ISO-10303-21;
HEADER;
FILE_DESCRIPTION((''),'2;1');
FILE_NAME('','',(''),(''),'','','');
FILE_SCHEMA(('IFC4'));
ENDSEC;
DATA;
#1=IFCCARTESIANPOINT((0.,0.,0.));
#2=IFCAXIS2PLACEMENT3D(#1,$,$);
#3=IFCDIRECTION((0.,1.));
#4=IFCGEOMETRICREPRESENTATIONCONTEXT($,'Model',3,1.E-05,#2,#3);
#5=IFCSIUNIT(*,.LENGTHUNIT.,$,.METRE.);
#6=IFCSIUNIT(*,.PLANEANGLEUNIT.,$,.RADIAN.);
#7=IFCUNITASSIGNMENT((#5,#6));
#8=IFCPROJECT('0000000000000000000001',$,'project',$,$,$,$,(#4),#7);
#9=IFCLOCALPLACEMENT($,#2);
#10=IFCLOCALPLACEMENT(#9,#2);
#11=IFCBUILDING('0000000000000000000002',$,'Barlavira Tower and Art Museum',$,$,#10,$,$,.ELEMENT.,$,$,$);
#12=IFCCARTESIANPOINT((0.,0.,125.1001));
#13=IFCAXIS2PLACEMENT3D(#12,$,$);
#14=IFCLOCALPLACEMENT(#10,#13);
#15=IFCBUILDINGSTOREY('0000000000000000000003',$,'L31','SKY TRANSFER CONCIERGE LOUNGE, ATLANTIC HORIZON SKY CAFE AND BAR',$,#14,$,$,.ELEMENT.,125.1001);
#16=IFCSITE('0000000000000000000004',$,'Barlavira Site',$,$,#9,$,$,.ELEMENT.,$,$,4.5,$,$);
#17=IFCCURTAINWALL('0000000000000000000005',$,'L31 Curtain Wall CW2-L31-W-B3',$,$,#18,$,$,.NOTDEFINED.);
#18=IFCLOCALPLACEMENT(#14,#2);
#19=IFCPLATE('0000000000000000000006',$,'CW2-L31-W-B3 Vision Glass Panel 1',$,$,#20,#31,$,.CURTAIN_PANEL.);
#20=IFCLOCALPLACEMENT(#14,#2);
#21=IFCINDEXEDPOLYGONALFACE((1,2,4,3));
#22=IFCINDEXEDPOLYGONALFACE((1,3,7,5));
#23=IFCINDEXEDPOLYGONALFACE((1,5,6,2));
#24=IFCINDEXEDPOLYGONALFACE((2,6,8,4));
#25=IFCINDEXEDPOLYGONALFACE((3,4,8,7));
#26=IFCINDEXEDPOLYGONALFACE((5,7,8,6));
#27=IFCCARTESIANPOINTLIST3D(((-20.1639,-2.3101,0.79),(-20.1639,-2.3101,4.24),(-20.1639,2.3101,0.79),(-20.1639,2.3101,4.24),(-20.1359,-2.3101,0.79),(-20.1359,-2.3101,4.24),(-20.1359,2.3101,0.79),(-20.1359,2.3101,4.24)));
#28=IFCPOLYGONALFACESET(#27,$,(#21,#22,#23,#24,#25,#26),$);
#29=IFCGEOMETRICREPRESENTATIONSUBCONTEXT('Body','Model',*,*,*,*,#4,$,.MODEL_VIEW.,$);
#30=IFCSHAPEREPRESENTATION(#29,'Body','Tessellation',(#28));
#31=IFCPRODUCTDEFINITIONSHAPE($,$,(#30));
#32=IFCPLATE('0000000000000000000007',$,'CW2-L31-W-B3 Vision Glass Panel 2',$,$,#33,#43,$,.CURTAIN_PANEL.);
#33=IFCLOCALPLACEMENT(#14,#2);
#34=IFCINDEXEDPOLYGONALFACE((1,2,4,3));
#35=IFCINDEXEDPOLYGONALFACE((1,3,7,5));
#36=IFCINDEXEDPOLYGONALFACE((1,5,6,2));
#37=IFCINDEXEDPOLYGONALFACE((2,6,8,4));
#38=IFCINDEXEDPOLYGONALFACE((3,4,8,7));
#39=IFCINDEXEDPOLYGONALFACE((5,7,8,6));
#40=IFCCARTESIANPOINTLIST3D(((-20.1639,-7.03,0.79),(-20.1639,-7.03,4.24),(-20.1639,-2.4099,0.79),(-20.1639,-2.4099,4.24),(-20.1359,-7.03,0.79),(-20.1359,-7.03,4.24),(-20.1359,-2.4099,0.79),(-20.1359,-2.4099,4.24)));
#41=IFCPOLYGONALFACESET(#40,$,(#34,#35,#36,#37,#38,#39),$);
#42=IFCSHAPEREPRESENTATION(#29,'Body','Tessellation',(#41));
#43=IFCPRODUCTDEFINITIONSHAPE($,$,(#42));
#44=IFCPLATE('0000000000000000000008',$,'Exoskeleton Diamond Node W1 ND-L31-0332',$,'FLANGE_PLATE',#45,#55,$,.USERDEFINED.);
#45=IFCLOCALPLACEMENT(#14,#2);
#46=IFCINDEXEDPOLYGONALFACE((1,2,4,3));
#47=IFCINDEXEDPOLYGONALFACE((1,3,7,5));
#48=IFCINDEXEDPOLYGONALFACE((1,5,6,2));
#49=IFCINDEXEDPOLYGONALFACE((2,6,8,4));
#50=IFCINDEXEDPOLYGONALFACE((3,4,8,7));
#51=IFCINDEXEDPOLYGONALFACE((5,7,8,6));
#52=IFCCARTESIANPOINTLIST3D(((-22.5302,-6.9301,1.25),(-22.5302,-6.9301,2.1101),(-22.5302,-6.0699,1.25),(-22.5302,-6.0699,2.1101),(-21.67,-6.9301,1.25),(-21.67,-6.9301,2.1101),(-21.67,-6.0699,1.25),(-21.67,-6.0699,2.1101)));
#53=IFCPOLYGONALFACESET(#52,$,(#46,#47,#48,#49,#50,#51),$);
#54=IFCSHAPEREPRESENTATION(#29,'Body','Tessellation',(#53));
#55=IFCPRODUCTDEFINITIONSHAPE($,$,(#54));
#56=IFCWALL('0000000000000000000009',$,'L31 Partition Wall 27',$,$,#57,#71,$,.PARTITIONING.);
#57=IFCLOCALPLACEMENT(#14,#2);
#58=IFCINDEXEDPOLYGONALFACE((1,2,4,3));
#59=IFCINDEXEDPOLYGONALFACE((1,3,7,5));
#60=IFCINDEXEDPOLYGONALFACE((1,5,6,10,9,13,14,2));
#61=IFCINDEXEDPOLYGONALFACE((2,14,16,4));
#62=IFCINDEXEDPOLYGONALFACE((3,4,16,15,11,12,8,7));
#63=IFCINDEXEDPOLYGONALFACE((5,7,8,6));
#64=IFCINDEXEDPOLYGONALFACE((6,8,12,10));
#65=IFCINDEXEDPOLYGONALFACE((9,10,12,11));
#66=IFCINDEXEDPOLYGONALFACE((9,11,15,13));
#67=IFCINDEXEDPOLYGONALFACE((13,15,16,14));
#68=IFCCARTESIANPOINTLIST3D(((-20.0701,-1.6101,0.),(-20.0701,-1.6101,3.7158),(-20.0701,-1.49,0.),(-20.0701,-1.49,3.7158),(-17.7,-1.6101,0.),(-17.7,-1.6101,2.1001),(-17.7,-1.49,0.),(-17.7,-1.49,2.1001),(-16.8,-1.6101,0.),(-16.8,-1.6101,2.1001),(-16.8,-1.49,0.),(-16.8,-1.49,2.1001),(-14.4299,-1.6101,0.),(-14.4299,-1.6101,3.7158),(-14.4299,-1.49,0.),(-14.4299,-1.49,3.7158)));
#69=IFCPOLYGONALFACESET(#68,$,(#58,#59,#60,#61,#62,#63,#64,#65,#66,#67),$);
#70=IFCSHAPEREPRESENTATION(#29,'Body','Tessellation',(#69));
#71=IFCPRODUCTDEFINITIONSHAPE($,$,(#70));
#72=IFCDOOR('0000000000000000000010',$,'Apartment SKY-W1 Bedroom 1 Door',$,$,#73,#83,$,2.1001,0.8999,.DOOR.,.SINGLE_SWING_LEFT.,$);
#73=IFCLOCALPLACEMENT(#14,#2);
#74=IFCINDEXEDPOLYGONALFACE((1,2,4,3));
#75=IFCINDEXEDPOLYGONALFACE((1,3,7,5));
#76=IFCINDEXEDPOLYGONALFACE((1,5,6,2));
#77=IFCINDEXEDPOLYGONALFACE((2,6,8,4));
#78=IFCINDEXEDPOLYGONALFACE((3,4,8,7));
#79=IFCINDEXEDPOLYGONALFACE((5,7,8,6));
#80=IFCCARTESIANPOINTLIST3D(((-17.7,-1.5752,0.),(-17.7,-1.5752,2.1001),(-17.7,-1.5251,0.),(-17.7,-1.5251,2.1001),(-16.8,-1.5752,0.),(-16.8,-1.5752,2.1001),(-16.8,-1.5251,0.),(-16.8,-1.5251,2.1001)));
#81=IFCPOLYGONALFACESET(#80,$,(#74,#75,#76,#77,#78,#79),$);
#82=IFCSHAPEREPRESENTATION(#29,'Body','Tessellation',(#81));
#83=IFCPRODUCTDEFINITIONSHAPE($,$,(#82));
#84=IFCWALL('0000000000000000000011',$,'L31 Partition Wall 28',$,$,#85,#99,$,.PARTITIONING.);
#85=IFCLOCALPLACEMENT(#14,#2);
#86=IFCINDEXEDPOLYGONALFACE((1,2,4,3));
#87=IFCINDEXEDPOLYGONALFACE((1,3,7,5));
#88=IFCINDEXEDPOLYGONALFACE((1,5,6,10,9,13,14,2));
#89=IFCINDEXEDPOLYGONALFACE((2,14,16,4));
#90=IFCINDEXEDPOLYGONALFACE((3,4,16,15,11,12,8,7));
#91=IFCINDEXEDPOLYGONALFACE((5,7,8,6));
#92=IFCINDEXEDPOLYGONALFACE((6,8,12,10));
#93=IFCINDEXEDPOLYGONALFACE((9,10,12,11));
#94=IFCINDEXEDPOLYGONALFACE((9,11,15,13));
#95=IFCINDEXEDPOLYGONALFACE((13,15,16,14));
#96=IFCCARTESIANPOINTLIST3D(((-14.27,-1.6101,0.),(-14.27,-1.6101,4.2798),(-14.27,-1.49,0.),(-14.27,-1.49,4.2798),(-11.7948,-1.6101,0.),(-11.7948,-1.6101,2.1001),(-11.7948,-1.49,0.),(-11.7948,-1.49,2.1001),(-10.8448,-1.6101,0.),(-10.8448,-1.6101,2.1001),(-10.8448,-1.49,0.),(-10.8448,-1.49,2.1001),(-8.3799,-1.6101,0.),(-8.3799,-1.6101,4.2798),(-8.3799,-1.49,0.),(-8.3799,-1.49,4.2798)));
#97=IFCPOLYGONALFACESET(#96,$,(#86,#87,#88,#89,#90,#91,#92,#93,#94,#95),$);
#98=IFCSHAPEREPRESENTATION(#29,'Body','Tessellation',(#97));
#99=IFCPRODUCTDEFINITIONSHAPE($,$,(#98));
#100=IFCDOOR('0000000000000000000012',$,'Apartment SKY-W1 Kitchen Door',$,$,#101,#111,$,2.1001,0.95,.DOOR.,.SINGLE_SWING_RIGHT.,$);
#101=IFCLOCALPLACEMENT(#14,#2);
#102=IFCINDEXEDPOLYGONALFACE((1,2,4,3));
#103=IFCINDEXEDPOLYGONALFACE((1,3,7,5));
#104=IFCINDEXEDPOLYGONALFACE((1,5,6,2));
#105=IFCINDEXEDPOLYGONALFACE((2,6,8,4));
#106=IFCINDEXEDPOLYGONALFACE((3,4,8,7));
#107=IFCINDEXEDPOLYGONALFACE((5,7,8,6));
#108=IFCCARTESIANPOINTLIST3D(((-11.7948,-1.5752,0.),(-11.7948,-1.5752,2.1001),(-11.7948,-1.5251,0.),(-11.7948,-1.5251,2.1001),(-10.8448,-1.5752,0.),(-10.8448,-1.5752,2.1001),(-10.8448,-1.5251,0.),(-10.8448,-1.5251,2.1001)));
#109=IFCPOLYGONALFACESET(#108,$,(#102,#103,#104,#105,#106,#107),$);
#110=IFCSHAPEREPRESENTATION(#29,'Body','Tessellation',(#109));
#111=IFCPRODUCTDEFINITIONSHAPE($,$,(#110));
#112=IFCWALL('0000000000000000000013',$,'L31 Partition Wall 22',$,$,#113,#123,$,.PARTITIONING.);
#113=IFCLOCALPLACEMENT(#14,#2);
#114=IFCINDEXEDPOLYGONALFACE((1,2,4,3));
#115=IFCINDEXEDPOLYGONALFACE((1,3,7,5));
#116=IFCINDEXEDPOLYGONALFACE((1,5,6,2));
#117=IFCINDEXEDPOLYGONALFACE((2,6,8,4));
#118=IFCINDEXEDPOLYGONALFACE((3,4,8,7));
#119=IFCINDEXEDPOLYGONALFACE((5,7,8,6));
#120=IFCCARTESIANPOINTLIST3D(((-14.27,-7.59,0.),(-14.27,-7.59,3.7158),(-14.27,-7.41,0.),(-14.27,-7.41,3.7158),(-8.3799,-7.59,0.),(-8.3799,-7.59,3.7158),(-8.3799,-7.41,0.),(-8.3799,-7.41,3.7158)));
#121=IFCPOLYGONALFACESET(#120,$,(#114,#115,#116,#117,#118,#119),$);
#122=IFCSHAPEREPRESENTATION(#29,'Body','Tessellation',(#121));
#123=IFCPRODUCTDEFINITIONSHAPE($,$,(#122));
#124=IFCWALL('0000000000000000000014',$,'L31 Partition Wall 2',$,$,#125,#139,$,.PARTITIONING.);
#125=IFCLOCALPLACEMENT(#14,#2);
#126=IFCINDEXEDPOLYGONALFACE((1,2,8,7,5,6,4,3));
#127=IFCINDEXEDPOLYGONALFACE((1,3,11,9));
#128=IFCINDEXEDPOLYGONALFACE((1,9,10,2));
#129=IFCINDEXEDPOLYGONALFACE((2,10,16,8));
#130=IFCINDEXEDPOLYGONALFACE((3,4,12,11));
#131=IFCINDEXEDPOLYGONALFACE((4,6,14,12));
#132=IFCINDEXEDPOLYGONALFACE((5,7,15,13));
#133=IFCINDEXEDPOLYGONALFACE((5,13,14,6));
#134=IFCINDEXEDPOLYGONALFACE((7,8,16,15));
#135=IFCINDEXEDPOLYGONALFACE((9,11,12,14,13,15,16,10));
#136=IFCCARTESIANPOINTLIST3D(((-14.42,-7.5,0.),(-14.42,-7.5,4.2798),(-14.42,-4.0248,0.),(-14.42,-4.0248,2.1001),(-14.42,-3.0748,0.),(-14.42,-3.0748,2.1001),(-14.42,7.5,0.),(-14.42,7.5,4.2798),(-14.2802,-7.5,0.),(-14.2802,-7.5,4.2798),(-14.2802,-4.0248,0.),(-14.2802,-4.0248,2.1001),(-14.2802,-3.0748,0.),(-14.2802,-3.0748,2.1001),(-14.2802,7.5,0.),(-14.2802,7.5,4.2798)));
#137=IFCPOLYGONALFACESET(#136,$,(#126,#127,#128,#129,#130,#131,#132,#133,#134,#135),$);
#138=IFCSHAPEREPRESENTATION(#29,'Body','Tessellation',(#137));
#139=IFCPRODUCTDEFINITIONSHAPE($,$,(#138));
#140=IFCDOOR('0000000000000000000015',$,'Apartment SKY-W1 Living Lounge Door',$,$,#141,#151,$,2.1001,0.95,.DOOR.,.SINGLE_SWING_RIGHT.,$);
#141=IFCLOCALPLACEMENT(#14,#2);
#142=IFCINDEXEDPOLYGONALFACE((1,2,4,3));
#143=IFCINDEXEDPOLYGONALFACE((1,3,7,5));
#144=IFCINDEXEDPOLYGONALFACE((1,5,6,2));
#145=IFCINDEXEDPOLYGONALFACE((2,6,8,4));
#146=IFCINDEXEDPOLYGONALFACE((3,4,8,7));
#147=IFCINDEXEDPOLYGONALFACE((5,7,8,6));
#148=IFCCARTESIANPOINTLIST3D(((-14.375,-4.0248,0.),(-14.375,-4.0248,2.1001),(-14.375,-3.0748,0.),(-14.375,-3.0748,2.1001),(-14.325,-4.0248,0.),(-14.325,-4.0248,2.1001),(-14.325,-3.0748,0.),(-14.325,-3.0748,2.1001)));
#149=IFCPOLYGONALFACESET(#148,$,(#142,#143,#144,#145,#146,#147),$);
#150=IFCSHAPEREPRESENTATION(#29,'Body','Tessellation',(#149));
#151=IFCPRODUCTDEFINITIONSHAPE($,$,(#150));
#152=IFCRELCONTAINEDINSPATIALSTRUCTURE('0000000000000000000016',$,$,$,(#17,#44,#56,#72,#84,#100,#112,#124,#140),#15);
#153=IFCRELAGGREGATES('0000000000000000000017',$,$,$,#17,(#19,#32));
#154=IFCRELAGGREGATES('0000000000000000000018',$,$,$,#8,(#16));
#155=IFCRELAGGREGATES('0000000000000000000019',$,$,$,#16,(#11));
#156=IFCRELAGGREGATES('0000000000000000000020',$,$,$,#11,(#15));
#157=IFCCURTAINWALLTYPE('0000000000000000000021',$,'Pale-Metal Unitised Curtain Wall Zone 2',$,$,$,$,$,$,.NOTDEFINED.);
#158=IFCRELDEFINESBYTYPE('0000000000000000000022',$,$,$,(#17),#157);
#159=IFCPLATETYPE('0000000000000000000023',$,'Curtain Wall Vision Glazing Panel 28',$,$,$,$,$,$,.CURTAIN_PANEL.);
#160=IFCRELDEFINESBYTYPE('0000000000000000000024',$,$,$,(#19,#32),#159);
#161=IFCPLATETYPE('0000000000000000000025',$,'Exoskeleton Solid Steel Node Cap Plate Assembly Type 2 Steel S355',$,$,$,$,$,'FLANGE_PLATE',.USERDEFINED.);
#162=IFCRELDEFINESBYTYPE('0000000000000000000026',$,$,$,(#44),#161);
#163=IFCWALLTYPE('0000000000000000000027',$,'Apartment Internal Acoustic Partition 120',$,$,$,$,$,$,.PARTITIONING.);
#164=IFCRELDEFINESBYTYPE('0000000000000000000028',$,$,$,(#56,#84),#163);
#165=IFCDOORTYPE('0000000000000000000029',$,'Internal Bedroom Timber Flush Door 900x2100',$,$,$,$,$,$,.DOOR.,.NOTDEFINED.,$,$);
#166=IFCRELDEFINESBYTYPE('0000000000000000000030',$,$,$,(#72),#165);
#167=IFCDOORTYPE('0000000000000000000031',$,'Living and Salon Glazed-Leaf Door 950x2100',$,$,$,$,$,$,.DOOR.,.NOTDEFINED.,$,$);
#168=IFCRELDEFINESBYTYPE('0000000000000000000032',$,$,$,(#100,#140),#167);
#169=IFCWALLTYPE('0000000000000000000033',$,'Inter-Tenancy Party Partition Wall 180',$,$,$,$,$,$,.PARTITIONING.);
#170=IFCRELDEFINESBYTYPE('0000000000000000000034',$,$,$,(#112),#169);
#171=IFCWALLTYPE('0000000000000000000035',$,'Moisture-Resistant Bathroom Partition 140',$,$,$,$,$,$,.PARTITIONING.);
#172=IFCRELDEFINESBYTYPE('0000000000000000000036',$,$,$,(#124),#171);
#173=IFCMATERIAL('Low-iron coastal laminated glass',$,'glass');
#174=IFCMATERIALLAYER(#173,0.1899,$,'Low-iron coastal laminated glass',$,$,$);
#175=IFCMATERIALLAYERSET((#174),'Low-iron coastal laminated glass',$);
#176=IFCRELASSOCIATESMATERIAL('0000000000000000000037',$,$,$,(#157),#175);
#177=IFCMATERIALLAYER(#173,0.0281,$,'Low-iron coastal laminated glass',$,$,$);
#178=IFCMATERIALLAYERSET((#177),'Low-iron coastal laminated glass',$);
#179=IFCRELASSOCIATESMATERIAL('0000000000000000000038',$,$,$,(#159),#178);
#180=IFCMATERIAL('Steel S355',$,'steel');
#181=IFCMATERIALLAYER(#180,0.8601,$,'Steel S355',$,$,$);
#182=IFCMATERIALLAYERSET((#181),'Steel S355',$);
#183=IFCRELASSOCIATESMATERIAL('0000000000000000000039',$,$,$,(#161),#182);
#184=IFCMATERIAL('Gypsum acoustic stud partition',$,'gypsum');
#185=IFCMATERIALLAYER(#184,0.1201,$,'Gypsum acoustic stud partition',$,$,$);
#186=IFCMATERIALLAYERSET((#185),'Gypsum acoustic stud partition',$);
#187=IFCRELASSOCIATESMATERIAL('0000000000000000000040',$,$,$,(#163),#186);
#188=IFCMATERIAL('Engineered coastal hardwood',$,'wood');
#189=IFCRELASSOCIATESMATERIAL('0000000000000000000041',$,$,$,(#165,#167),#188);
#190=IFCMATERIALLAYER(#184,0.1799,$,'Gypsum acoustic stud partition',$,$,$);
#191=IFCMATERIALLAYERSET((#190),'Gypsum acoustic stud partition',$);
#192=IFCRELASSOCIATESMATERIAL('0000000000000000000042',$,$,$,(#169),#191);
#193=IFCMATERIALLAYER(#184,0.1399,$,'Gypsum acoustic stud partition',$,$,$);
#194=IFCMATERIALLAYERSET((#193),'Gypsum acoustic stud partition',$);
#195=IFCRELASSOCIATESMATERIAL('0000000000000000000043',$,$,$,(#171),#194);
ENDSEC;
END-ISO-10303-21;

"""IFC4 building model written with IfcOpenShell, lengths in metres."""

from ifc_helpers import new_model, si_unit, direction, frame, frame_2d, origin, origin_2d, place, context, subcontext, project, spatial, rectangle, extrude, material, layer, layer_set, type_object, element, fill, aggregate, save


model = new_model("IFC4")

# Units and contexts
model_context = context("Model", 3, precision=1e-05, world=origin(), true_north=direction((0.0, 1.0)))
body_context = subcontext(model_context, "Body", "Model", "MODEL_VIEW")
ifc_project = project(units=[si_unit("LENGTHUNIT", "METRE"), si_unit("PLANEANGLEUNIT", "RADIAN")], contexts=[model_context])

# Site, building, storey
site_placement = place(None, origin())
site = spatial("IfcSite", under=ifc_project, at=site_placement, Name="Barlavira Site", CompositionType="ELEMENT", RefElevation=4.5)
building_placement = place(site_placement, origin())
building = spatial("IfcBuilding", under=site, at=building_placement, Name="Barlavira Tower and Art Museum", CompositionType="ELEMENT")
storey_placement = place(building_placement, frame((0.0, 0.0, 125.1001)))
storey = spatial("IfcBuildingStorey", under=building, at=storey_placement, Name="L31", Description="SKY TRANSFER CONCIERGE LOUNGE, ATLANTIC HORIZON SKY CAFE AND BAR", CompositionType="ELEMENT", Elevation=125.1001)

# Curtain wall
ifc_material_1 = material(Name="Low-iron coastal laminated glass", Category="glass")
ifc_layer_1 = layer(ifc_material_1, 0.1899, Name="Low-iron coastal laminated glass")
ifc_layer_set_1 = layer_set([ifc_layer_1], Name="Low-iron coastal laminated glass")
curtain_wall_type = type_object("IfcCurtainWallType", Name="Pale-Metal Unitised Curtain Wall Zone 2", PredefinedType="NOTDEFINED", material=ifc_layer_set_1)
curtain_wall_placement = place(storey_placement, origin())
curtain_wall = element("IfcCurtainWall", 1, at=curtain_wall_placement, inside=storey, type_object=curtain_wall_type, Name="L31 Curtain Wall CW2-L31-W-B3", PredefinedType="NOTDEFINED")

# Shared definitions
ifc_material_2 = material(Name="Steel S355", Category="steel")

# Plates
ifc_layer_2 = layer(ifc_material_1, 0.0281, Name="Low-iron coastal laminated glass")
ifc_layer_set_2 = layer_set([ifc_layer_2], Name="Low-iron coastal laminated glass")
plate_type_1 = type_object("IfcPlateType", Name="Curtain Wall Vision Glazing Panel 28", PredefinedType="CURTAIN_PANEL", material=ifc_layer_set_2)
plate_1_placement = place(storey_placement, frame((-20.1499, 0.0, 0.79), z_axis=(0.0, 0.0, 1.0), x_axis=(0.0, -1.0, 0.0)))
plate_1 = element("IfcPlate", 2, at=plate_1_placement, type_object=plate_type_1, Name="CW2-L31-W-B3 Vision Glass Panel 1", PredefinedType="CURTAIN_PANEL", context=body_context, shape_type="SweptSolid", body=[
    extrude(rectangle(XDim=4.6201, YDim=0.0281, at=origin_2d()), origin(), (0.0, 0.0, 1.0), 3.45),
])
plate_2_placement = place(storey_placement, frame((-20.1499, -4.72, 0.79), z_axis=(0.0, 0.0, 1.0), x_axis=(0.0, -1.0, 0.0)))
plate_2 = element("IfcPlate", 3, at=plate_2_placement, type_object=plate_type_1, Name="CW2-L31-W-B3 Vision Glass Panel 2", PredefinedType="CURTAIN_PANEL", context=body_context, shape_type="SweptSolid", body=[
    extrude(rectangle(XDim=4.6201, YDim=0.0281, at=origin_2d()), origin(), (0.0, 0.0, 1.0), 3.45),
])
aggregate(curtain_wall, [plate_1, plate_2])
ifc_layer_3 = layer(ifc_material_2, 0.8601, Name="Steel S355")
ifc_layer_set_3 = layer_set([ifc_layer_3], Name="Steel S355")
plate_type_2 = type_object("IfcPlateType", Name="Exoskeleton Solid Steel Node Cap Plate Assembly Type 2 Steel S355", ElementType="FLANGE_PLATE", PredefinedType="USERDEFINED", material=ifc_layer_set_3)
plate_3_placement = place(storey_placement, frame((-22.1001, -6.5, 1.25), z_axis=(0.0, 0.0, 1.0), x_axis=(1.0, 0.0, 0.0)))
element("IfcPlate", 4, at=plate_3_placement, inside=storey, type_object=plate_type_2, Name="Exoskeleton Diamond Node W1 ND-L31-0332", ObjectType="FLANGE_PLATE", PredefinedType="USERDEFINED", context=body_context, shape_type="SweptSolid", body=[
    extrude(rectangle(XDim=0.8601, YDim=0.8601, at=origin_2d()), origin(), (0.0, 0.0, 1.0), 0.8601),
])

# Walls, openings, doors
ifc_material_3 = material(Name="Gypsum acoustic stud partition", Category="gypsum")
ifc_layer_4 = layer(ifc_material_3, 0.1201, Name="Gypsum acoustic stud partition")
ifc_layer_set_4 = layer_set([ifc_layer_4], Name="Gypsum acoustic stud partition")
wall_type_1 = type_object("IfcWallType", Name="Apartment Internal Acoustic Partition 120", PredefinedType="PARTITIONING", material=ifc_layer_set_4)
wall_1_placement = place(storey_placement, frame((-20.0701, -1.55, 0.0), z_axis=(0.0, 0.0, 1.0), x_axis=(1.0, 0.0, 0.0)))
wall_1 = element("IfcWall", 5, at=wall_1_placement, inside=storey, type_object=wall_type_1, Name="L31 Partition Wall 27", PredefinedType="PARTITIONING", context=body_context, shape_type="SweptSolid", body=[
    extrude(rectangle(XDim=5.6401, YDim=0.1201, at=frame_2d((2.8201, 0.0))), origin(), (0.0, 0.0, 1.0), 3.7158),
])
opening_1_placement = place(wall_1_placement, frame((2.3701, 0.0, 0.0)))
opening_1 = element("IfcOpeningElement", 6, at=opening_1_placement, cuts=wall_1, PredefinedType="OPENING", context=body_context, shape_type="SweptSolid", body=[
    extrude(rectangle(XDim=0.8999, YDim=2.1001, at=frame_2d((0.45, 1.05))), frame((0.0, 0.0701, 0.0), z_axis=(0.0, -1.0, 0.0), x_axis=(1.0, 0.0, 0.0)), (0.0, 0.0, 1.0), 0.1401),
])
ifc_material_4 = material(Name="Engineered coastal hardwood", Category="wood")
door_type_1 = type_object("IfcDoorType", Name="Internal Bedroom Timber Flush Door 900x2100", OperationType="NOTDEFINED", PredefinedType="DOOR", material=ifc_material_4)
door_1_placement = place(opening_1_placement, origin())
door_1 = element("IfcDoor", 7, at=door_1_placement, inside=storey, type_object=door_type_1, Name="Apartment SKY-W1 Bedroom 1 Door", OperationType="SINGLE_SWING_LEFT", OverallHeight=2.1001, OverallWidth=0.8999, PredefinedType="DOOR", context=body_context, shape_type="SweptSolid", body=[
    extrude(rectangle(XDim=0.8999, YDim=2.1001, at=frame_2d((0.45, 1.05))), frame((0.0, 0.0249, 0.0), z_axis=(0.0, -1.0, 0.0), x_axis=(1.0, 0.0, 0.0)), (0.0, 0.0, 1.0), 0.05),
])
fill(opening_1, door_1)
wall_2_placement = place(storey_placement, frame((-14.27, -1.55, 0.0), z_axis=(0.0, 0.0, 1.0), x_axis=(1.0, 0.0, 0.0)))
wall_2 = element("IfcWall", 8, at=wall_2_placement, inside=storey, type_object=wall_type_1, Name="L31 Partition Wall 28", PredefinedType="PARTITIONING", context=body_context, shape_type="SweptSolid", body=[
    extrude(rectangle(XDim=5.8901, YDim=0.1201, at=frame_2d((2.9451, 0.0))), origin(), (0.0, 0.0, 1.0), 4.2798),
])
opening_2_placement = place(wall_2_placement, frame((2.4751, 0.0, 0.0)))
opening_2 = element("IfcOpeningElement", 9, at=opening_2_placement, cuts=wall_2, PredefinedType="OPENING", context=body_context, shape_type="SweptSolid", body=[
    extrude(rectangle(XDim=0.95, YDim=2.1001, at=frame_2d((0.4751, 1.05))), frame((0.0, 0.0701, 0.0), z_axis=(0.0, -1.0, 0.0), x_axis=(1.0, 0.0, 0.0)), (0.0, 0.0, 1.0), 0.1401),
])
door_type_2 = type_object("IfcDoorType", Name="Living and Salon Glazed-Leaf Door 950x2100", OperationType="NOTDEFINED", PredefinedType="DOOR", material=ifc_material_4)
door_2_placement = place(opening_2_placement, origin())
door_2 = element("IfcDoor", 10, at=door_2_placement, inside=storey, type_object=door_type_2, Name="Apartment SKY-W1 Kitchen Door", OperationType="SINGLE_SWING_RIGHT", OverallHeight=2.1001, OverallWidth=0.95, PredefinedType="DOOR", context=body_context, shape_type="SweptSolid", body=[
    extrude(rectangle(XDim=0.95, YDim=2.1001, at=frame_2d((0.4751, 1.05))), frame((0.0, 0.0249, 0.0), z_axis=(0.0, -1.0, 0.0), x_axis=(1.0, 0.0, 0.0)), (0.0, 0.0, 1.0), 0.05),
])
fill(opening_2, door_2)

# Wall
ifc_layer_5 = layer(ifc_material_3, 0.1799, Name="Gypsum acoustic stud partition")
ifc_layer_set_5 = layer_set([ifc_layer_5], Name="Gypsum acoustic stud partition")
wall_type_2 = type_object("IfcWallType", Name="Inter-Tenancy Party Partition Wall 180", PredefinedType="PARTITIONING", material=ifc_layer_set_5)
wall_3_placement = place(storey_placement, frame((-14.27, -7.5, 0.0), z_axis=(0.0, 0.0, 1.0), x_axis=(1.0, 0.0, 0.0)))
element("IfcWall", 11, at=wall_3_placement, inside=storey, type_object=wall_type_2, Name="L31 Partition Wall 22", PredefinedType="PARTITIONING", context=body_context, shape_type="SweptSolid", body=[
    extrude(rectangle(XDim=5.8901, YDim=0.1799, at=frame_2d((2.9451, 0.0))), origin(), (0.0, 0.0, 1.0), 3.7158),
])

# Wall, opening, door
ifc_layer_6 = layer(ifc_material_3, 0.1399, Name="Gypsum acoustic stud partition")
ifc_layer_set_6 = layer_set([ifc_layer_6], Name="Gypsum acoustic stud partition")
wall_type_3 = type_object("IfcWallType", Name="Moisture-Resistant Bathroom Partition 140", PredefinedType="PARTITIONING", material=ifc_layer_set_6)
wall_4_placement = place(storey_placement, frame((-14.3501, -7.5, 0.0), z_axis=(0.0, 0.0, 1.0), x_axis=(0.0, 1.0, 0.0)))
wall_4 = element("IfcWall", 12, at=wall_4_placement, inside=storey, type_object=wall_type_3, Name="L31 Partition Wall 2", PredefinedType="PARTITIONING", context=body_context, shape_type="SweptSolid", body=[
    extrude(rectangle(XDim=15.0, YDim=0.1399, at=frame_2d((7.5, 0.0))), origin(), (0.0, 0.0, 1.0), 4.2798),
])
opening_3_placement = place(wall_4_placement, frame((3.4751, 0.0, 0.0)))
opening_3 = element("IfcOpeningElement", 13, at=opening_3_placement, cuts=wall_4, PredefinedType="OPENING", context=body_context, shape_type="SweptSolid", body=[
    extrude(rectangle(XDim=0.95, YDim=2.1001, at=frame_2d((0.4751, 1.05))), frame((0.0, 0.0801, 0.0), z_axis=(0.0, -1.0, 0.0), x_axis=(1.0, 0.0, 0.0)), (0.0, 0.0, 1.0), 0.1599),
])
door_3_placement = place(opening_3_placement, origin())
door_3 = element("IfcDoor", 14, at=door_3_placement, inside=storey, type_object=door_type_2, Name="Apartment SKY-W1 Living Lounge Door", OperationType="SINGLE_SWING_RIGHT", OverallHeight=2.1001, OverallWidth=0.95, PredefinedType="DOOR", context=body_context, shape_type="SweptSolid", body=[
    extrude(rectangle(XDim=0.95, YDim=2.1001, at=frame_2d((0.4751, 1.05))), frame((0.0, 0.0249, 0.0), z_axis=(0.0, -1.0, 0.0), x_axis=(1.0, 0.0, 0.0)), (0.0, 0.0, 1.0), 0.05),
])
fill(opening_3, door_3)

save(model, "model.ifc")
